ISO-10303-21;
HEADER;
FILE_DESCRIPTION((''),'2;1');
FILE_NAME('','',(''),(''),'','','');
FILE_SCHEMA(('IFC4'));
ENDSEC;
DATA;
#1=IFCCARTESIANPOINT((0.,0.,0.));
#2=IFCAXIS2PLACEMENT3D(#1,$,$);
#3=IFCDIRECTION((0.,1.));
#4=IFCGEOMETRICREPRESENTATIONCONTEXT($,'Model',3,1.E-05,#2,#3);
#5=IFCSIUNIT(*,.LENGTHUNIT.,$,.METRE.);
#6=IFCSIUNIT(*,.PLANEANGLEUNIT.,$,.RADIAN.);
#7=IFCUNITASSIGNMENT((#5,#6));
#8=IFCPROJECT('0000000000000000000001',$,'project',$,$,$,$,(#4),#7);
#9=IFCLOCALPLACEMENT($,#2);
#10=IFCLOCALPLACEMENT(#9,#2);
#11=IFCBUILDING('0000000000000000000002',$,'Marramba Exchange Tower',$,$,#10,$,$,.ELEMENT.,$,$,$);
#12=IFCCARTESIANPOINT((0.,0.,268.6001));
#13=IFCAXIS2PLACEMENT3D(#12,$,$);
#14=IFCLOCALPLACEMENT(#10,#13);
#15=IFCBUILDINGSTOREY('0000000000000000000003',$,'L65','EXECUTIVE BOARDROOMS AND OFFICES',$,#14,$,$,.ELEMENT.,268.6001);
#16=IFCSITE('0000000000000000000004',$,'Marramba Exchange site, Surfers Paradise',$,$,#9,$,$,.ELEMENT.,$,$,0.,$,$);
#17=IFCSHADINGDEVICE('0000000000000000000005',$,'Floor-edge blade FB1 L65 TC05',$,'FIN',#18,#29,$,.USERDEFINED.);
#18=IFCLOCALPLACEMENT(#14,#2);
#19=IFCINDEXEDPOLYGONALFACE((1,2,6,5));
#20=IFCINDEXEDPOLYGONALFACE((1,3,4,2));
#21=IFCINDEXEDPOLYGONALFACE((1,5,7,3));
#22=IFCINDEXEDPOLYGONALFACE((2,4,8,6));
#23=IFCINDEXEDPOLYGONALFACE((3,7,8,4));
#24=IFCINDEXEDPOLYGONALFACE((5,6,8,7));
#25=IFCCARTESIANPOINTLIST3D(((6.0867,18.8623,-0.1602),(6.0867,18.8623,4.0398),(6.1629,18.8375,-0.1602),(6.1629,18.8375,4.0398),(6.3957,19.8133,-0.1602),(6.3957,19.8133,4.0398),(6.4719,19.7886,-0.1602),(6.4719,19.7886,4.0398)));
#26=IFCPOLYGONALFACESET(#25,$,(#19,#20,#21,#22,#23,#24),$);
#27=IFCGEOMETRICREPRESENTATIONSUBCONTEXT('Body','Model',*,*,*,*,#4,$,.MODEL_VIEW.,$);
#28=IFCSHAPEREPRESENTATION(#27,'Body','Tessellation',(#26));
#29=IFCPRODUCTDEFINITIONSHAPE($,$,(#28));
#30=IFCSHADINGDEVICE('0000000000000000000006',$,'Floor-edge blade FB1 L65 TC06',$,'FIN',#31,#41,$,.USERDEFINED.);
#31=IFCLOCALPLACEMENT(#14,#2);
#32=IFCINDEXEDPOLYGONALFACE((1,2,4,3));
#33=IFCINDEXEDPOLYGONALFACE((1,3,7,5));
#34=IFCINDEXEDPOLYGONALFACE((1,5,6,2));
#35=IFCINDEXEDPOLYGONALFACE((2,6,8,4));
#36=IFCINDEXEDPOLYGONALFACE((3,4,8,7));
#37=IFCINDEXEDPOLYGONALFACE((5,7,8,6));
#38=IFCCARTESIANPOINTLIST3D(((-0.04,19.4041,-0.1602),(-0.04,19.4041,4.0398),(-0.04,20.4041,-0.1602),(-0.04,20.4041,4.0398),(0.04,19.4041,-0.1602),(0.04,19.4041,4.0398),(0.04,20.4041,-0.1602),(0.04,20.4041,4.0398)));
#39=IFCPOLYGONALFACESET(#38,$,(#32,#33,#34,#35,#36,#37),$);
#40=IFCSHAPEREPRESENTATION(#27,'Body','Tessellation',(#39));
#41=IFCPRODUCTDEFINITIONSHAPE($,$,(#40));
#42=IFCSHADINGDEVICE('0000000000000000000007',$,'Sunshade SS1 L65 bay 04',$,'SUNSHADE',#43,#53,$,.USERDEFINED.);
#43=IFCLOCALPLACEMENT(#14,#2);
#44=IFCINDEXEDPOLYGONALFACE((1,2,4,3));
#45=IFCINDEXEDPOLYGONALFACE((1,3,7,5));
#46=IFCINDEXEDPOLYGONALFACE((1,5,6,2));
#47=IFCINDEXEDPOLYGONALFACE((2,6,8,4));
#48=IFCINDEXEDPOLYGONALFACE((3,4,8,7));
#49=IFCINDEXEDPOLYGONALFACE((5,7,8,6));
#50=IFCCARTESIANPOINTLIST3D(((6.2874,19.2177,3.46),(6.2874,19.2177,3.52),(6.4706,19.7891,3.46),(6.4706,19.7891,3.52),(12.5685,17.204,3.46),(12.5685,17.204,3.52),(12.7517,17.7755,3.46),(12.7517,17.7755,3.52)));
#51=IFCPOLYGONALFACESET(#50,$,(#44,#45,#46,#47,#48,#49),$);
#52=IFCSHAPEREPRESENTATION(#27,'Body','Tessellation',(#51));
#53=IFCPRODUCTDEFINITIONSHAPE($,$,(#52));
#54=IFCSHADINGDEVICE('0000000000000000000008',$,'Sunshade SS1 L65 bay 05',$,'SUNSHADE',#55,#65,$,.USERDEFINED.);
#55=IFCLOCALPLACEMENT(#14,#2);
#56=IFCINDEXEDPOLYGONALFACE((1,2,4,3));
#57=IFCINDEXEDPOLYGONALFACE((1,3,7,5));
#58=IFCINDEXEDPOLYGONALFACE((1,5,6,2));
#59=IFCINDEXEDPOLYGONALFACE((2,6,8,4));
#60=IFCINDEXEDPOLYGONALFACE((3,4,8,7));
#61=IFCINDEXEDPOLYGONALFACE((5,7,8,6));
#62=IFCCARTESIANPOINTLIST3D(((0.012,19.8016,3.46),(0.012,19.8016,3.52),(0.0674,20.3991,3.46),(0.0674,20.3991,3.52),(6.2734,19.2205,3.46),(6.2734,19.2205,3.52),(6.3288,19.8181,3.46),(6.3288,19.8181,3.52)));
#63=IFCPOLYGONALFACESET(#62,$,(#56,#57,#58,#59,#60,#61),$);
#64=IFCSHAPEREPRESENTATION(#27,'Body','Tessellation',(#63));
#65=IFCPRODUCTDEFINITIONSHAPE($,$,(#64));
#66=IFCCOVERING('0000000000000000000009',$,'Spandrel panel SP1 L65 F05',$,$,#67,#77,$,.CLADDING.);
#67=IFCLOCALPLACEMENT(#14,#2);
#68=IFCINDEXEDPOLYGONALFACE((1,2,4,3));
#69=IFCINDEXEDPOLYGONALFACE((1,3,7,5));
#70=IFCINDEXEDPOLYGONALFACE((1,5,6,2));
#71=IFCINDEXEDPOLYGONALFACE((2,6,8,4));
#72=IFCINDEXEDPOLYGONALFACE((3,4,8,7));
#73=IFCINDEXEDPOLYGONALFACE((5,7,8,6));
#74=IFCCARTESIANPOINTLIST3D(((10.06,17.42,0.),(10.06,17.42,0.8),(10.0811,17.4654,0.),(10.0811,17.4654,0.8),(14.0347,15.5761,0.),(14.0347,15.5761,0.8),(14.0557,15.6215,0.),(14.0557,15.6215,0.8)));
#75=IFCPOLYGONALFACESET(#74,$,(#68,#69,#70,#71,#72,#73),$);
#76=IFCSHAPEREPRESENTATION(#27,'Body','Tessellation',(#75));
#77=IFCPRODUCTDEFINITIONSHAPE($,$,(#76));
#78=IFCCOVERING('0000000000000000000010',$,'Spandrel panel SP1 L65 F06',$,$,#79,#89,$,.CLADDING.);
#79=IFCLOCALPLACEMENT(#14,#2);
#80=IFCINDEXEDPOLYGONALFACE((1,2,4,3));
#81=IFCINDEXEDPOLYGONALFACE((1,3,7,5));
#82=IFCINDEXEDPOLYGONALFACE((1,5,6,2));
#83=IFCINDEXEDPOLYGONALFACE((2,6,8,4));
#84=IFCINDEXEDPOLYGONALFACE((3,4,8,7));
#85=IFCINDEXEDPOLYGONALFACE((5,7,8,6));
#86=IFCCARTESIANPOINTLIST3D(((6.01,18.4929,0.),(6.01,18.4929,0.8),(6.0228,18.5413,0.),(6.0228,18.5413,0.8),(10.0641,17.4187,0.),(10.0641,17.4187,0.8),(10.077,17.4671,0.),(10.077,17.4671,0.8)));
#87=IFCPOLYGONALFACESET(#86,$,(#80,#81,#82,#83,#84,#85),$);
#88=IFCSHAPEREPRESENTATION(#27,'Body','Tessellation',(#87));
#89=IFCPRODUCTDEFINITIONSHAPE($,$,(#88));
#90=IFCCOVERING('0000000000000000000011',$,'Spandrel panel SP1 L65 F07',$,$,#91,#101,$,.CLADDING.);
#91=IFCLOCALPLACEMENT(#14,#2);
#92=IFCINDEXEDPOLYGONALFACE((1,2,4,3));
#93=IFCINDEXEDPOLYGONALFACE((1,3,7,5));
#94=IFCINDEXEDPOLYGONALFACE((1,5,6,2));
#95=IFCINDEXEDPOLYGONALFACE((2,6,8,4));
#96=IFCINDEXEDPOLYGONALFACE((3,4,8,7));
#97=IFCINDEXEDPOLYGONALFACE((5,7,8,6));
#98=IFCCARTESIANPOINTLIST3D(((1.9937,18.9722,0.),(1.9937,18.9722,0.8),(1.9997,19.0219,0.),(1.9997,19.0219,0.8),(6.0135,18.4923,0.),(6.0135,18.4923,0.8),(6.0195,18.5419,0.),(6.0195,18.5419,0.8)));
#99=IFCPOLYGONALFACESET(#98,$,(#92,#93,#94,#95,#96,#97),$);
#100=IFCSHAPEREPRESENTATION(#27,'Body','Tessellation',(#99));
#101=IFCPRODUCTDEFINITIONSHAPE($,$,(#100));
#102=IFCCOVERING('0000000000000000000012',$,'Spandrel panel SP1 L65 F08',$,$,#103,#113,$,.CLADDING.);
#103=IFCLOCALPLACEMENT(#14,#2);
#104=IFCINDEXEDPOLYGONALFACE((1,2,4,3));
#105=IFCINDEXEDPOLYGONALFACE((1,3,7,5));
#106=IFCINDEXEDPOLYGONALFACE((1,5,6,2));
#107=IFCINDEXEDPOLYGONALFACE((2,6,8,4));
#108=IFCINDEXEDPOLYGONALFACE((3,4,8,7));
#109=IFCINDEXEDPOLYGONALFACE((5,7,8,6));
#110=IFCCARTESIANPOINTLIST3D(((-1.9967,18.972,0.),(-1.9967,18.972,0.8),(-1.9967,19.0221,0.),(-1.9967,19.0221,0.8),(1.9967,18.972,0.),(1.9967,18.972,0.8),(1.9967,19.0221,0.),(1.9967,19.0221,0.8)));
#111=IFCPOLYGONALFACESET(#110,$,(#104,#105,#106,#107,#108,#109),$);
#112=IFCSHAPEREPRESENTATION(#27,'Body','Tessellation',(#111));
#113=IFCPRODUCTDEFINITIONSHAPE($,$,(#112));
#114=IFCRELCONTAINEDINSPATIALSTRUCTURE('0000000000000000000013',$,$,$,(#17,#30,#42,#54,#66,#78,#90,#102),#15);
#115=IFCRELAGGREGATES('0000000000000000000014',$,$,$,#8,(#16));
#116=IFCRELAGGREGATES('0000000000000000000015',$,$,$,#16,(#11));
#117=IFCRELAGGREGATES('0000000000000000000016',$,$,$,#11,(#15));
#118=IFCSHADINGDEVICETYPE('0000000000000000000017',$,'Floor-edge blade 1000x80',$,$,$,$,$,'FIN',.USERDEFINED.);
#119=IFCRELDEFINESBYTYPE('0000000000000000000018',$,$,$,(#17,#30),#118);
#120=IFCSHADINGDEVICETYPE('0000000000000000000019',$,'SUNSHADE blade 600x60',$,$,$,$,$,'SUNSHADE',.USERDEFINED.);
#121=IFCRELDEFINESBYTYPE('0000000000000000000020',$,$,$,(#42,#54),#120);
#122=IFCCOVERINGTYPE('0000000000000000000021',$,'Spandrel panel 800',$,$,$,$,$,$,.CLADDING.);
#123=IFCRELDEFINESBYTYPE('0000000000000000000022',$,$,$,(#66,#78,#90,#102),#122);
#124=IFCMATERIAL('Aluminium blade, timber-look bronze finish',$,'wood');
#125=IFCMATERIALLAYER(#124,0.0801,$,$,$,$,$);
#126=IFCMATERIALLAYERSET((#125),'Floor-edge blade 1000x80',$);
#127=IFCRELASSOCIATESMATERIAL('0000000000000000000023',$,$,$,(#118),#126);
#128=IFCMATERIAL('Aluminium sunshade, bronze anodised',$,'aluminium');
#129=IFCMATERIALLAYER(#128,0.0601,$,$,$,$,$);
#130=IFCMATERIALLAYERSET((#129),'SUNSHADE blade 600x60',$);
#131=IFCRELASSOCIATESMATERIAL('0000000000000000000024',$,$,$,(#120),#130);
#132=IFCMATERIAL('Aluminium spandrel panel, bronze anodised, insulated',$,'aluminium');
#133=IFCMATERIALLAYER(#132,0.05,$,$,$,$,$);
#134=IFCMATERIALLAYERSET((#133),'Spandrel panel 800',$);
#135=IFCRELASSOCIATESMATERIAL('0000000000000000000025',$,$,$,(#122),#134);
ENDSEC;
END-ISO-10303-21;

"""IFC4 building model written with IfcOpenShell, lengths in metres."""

from ifc_helpers import new_model, si_unit, direction, frame, origin, origin_2d, place, context, subcontext, project, spatial, rectangle, extrude, material, layer, layer_set, type_object, element, save


model = new_model("IFC4")

# Units and contexts
model_context = context("Model", 3, precision=1e-05, world=origin(), true_north=direction((0.0, 1.0)))
body_context = subcontext(model_context, "Body", "Model", "MODEL_VIEW")
ifc_project = project(units=[si_unit("LENGTHUNIT", "METRE"), si_unit("PLANEANGLEUNIT", "RADIAN")], contexts=[model_context])

# Site, building, storey
site_placement = place(None, origin())
site = spatial("IfcSite", under=ifc_project, at=site_placement, Name="Marramba Exchange site, Surfers Paradise", CompositionType="ELEMENT", RefElevation=0.0)
building_placement = place(site_placement, origin())
building = spatial("IfcBuilding", under=site, at=building_placement, Name="Marramba Exchange Tower", CompositionType="ELEMENT")
storey_placement = place(building_placement, frame((0.0, 0.0, 268.6001)))
storey = spatial("IfcBuildingStorey", under=building, at=storey_placement, Name="L65", Description="EXECUTIVE BOARDROOMS AND OFFICES", CompositionType="ELEMENT", Elevation=268.6001)

# Shading devices
ifc_material_1 = material(Name="Aluminium blade, timber-look bronze finish", Category="wood")
ifc_layer_1 = layer(ifc_material_1, 0.0801)
ifc_layer_set_1 = layer_set([ifc_layer_1], Name="Floor-edge blade 1000x80")
shading_device_type_1 = type_object("IfcShadingDeviceType", Name="Floor-edge blade 1000x80", ElementType="FIN", PredefinedType="USERDEFINED", material=ifc_layer_set_1)
for number, where, z_axis, x_axis, name in (
    (1, (6.2793, 19.3254, -0.1602), (0.0, 0.0, 1.0), (0.309017, 0.951057, 0.0), "Floor-edge blade FB1 L65 TC05"),
    (2, (0.0, 19.9041, -0.1602), (0.0, 0.0, 1.0), (0.0, 1.0, 0.0), "Floor-edge blade FB1 L65 TC06"),
):
    element("IfcShadingDevice", number, at=place(storey_placement, frame(where, z_axis=z_axis, x_axis=x_axis)), inside=storey, type_object=shading_device_type_1, Name=name, ObjectType="FIN", PredefinedType="USERDEFINED", context=body_context, shape_type="SweptSolid", body=[
        extrude(rectangle(XDim=1.0, YDim=0.0801, at=origin_2d()), origin(), (0.0, 0.0, 1.0), 4.2),
    ])
ifc_material_2 = material(Name="Aluminium sunshade, bronze anodised", Category="aluminium")
ifc_layer_2 = layer(ifc_material_2, 0.0601)
ifc_layer_set_2 = layer_set([ifc_layer_2], Name="SUNSHADE blade 600x60")
shading_device_type_2 = type_object("IfcShadingDeviceType", Name="SUNSHADE blade 600x60", ElementType="SUNSHADE", PredefinedType="USERDEFINED", material=ifc_layer_set_2)
shading_device_1_placement = place(storey_placement, frame((9.5195, 18.4966, 3.46), z_axis=(0.0, 0.0, 1.0), x_axis=(-0.95226, 0.305289, 0.0)))
element("IfcShadingDevice", 3, at=shading_device_1_placement, inside=storey, type_object=shading_device_type_2, Name="Sunshade SS1 L65 bay 04", ObjectType="SUNSHADE", PredefinedType="USERDEFINED", context=body_context, shape_type="SweptSolid", body=[
    extrude(rectangle(XDim=6.5959, YDim=0.6001, at=origin_2d()), origin(), (0.0, 0.0, 1.0), 0.0601),
])
shading_device_2_placement = place(storey_placement, frame((3.1704, 19.8098, 3.46), z_axis=(0.0, 0.0, 1.0), x_axis=(-0.995722, 0.092397, 0.0)))
element("IfcShadingDevice", 4, at=shading_device_2_placement, inside=storey, type_object=shading_device_type_2, Name="Sunshade SS1 L65 bay 05", ObjectType="SUNSHADE", PredefinedType="USERDEFINED", context=body_context, shape_type="SweptSolid", body=[
    extrude(rectangle(XDim=6.2883, YDim=0.6001, at=origin_2d()), origin(), (0.0, 0.0, 1.0), 0.0601),
])

# Coverings
ifc_material_3 = material(Name="Aluminium spandrel panel, bronze anodised, insulated", Category="aluminium")
ifc_layer_3 = layer(ifc_material_3, 0.05)
ifc_layer_set_3 = layer_set([ifc_layer_3], Name="Spandrel panel 800")
covering_type = type_object("IfcCoveringType", Name="Spandrel panel 800", PredefinedType="CLADDING", material=ifc_layer_set_3)
covering_1_placement = place(storey_placement, frame((12.0579, 16.5208, 0.0), z_axis=(0.0, 0.0, 1.0), x_axis=(-0.907131, 0.420849, 0.0)))
element("IfcCovering", 5, at=covering_1_placement, inside=storey, type_object=covering_type, Name="Spandrel panel SP1 L65 F05", PredefinedType="CLADDING", context=body_context, shape_type="SweptSolid", body=[
    extrude(rectangle(XDim=4.3816, YDim=0.05, at=origin_2d()), origin(), (0.0, 0.0, 1.0), 0.8),
])
covering_2_placement = place(storey_placement, frame((8.0435, 17.98, 0.0), z_axis=(0.0, 0.0, 1.0), x_axis=(-0.966644, 0.256126, 0.0)))
element("IfcCovering", 6, at=covering_2_placement, inside=storey, type_object=covering_type, Name="Spandrel panel SP1 L65 F06", PredefinedType="CLADDING", context=body_context, shape_type="SweptSolid", body=[
    extrude(rectangle(XDim=4.1941, YDim=0.05, at=origin_2d()), origin(), (0.0, 0.0, 1.0), 0.8),
])
covering_3_placement = place(storey_placement, frame((4.0066, 18.7571, 0.0), z_axis=(0.0, 0.0, 1.0), x_axis=(-0.992947, 0.118557, 0.0)))
element("IfcCovering", 7, at=covering_3_placement, inside=storey, type_object=covering_type, Name="Spandrel panel SP1 L65 F07", PredefinedType="CLADDING", context=body_context, shape_type="SweptSolid", body=[
    extrude(rectangle(XDim=4.0483, YDim=0.05, at=origin_2d()), origin(), (0.0, 0.0, 1.0), 0.8),
])
covering_4_placement = place(storey_placement, frame((0.0, 18.9971, 0.0), z_axis=(0.0, 0.0, 1.0), x_axis=(-1.0, 0.0, 0.0)))
element("IfcCovering", 8, at=covering_4_placement, inside=storey, type_object=covering_type, Name="Spandrel panel SP1 L65 F08", PredefinedType="CLADDING", context=body_context, shape_type="SweptSolid", body=[
    extrude(rectangle(XDim=3.9934, YDim=0.05, at=origin_2d()), origin(), (0.0, 0.0, 1.0), 0.8),
])

save(model, "model.ifc")
